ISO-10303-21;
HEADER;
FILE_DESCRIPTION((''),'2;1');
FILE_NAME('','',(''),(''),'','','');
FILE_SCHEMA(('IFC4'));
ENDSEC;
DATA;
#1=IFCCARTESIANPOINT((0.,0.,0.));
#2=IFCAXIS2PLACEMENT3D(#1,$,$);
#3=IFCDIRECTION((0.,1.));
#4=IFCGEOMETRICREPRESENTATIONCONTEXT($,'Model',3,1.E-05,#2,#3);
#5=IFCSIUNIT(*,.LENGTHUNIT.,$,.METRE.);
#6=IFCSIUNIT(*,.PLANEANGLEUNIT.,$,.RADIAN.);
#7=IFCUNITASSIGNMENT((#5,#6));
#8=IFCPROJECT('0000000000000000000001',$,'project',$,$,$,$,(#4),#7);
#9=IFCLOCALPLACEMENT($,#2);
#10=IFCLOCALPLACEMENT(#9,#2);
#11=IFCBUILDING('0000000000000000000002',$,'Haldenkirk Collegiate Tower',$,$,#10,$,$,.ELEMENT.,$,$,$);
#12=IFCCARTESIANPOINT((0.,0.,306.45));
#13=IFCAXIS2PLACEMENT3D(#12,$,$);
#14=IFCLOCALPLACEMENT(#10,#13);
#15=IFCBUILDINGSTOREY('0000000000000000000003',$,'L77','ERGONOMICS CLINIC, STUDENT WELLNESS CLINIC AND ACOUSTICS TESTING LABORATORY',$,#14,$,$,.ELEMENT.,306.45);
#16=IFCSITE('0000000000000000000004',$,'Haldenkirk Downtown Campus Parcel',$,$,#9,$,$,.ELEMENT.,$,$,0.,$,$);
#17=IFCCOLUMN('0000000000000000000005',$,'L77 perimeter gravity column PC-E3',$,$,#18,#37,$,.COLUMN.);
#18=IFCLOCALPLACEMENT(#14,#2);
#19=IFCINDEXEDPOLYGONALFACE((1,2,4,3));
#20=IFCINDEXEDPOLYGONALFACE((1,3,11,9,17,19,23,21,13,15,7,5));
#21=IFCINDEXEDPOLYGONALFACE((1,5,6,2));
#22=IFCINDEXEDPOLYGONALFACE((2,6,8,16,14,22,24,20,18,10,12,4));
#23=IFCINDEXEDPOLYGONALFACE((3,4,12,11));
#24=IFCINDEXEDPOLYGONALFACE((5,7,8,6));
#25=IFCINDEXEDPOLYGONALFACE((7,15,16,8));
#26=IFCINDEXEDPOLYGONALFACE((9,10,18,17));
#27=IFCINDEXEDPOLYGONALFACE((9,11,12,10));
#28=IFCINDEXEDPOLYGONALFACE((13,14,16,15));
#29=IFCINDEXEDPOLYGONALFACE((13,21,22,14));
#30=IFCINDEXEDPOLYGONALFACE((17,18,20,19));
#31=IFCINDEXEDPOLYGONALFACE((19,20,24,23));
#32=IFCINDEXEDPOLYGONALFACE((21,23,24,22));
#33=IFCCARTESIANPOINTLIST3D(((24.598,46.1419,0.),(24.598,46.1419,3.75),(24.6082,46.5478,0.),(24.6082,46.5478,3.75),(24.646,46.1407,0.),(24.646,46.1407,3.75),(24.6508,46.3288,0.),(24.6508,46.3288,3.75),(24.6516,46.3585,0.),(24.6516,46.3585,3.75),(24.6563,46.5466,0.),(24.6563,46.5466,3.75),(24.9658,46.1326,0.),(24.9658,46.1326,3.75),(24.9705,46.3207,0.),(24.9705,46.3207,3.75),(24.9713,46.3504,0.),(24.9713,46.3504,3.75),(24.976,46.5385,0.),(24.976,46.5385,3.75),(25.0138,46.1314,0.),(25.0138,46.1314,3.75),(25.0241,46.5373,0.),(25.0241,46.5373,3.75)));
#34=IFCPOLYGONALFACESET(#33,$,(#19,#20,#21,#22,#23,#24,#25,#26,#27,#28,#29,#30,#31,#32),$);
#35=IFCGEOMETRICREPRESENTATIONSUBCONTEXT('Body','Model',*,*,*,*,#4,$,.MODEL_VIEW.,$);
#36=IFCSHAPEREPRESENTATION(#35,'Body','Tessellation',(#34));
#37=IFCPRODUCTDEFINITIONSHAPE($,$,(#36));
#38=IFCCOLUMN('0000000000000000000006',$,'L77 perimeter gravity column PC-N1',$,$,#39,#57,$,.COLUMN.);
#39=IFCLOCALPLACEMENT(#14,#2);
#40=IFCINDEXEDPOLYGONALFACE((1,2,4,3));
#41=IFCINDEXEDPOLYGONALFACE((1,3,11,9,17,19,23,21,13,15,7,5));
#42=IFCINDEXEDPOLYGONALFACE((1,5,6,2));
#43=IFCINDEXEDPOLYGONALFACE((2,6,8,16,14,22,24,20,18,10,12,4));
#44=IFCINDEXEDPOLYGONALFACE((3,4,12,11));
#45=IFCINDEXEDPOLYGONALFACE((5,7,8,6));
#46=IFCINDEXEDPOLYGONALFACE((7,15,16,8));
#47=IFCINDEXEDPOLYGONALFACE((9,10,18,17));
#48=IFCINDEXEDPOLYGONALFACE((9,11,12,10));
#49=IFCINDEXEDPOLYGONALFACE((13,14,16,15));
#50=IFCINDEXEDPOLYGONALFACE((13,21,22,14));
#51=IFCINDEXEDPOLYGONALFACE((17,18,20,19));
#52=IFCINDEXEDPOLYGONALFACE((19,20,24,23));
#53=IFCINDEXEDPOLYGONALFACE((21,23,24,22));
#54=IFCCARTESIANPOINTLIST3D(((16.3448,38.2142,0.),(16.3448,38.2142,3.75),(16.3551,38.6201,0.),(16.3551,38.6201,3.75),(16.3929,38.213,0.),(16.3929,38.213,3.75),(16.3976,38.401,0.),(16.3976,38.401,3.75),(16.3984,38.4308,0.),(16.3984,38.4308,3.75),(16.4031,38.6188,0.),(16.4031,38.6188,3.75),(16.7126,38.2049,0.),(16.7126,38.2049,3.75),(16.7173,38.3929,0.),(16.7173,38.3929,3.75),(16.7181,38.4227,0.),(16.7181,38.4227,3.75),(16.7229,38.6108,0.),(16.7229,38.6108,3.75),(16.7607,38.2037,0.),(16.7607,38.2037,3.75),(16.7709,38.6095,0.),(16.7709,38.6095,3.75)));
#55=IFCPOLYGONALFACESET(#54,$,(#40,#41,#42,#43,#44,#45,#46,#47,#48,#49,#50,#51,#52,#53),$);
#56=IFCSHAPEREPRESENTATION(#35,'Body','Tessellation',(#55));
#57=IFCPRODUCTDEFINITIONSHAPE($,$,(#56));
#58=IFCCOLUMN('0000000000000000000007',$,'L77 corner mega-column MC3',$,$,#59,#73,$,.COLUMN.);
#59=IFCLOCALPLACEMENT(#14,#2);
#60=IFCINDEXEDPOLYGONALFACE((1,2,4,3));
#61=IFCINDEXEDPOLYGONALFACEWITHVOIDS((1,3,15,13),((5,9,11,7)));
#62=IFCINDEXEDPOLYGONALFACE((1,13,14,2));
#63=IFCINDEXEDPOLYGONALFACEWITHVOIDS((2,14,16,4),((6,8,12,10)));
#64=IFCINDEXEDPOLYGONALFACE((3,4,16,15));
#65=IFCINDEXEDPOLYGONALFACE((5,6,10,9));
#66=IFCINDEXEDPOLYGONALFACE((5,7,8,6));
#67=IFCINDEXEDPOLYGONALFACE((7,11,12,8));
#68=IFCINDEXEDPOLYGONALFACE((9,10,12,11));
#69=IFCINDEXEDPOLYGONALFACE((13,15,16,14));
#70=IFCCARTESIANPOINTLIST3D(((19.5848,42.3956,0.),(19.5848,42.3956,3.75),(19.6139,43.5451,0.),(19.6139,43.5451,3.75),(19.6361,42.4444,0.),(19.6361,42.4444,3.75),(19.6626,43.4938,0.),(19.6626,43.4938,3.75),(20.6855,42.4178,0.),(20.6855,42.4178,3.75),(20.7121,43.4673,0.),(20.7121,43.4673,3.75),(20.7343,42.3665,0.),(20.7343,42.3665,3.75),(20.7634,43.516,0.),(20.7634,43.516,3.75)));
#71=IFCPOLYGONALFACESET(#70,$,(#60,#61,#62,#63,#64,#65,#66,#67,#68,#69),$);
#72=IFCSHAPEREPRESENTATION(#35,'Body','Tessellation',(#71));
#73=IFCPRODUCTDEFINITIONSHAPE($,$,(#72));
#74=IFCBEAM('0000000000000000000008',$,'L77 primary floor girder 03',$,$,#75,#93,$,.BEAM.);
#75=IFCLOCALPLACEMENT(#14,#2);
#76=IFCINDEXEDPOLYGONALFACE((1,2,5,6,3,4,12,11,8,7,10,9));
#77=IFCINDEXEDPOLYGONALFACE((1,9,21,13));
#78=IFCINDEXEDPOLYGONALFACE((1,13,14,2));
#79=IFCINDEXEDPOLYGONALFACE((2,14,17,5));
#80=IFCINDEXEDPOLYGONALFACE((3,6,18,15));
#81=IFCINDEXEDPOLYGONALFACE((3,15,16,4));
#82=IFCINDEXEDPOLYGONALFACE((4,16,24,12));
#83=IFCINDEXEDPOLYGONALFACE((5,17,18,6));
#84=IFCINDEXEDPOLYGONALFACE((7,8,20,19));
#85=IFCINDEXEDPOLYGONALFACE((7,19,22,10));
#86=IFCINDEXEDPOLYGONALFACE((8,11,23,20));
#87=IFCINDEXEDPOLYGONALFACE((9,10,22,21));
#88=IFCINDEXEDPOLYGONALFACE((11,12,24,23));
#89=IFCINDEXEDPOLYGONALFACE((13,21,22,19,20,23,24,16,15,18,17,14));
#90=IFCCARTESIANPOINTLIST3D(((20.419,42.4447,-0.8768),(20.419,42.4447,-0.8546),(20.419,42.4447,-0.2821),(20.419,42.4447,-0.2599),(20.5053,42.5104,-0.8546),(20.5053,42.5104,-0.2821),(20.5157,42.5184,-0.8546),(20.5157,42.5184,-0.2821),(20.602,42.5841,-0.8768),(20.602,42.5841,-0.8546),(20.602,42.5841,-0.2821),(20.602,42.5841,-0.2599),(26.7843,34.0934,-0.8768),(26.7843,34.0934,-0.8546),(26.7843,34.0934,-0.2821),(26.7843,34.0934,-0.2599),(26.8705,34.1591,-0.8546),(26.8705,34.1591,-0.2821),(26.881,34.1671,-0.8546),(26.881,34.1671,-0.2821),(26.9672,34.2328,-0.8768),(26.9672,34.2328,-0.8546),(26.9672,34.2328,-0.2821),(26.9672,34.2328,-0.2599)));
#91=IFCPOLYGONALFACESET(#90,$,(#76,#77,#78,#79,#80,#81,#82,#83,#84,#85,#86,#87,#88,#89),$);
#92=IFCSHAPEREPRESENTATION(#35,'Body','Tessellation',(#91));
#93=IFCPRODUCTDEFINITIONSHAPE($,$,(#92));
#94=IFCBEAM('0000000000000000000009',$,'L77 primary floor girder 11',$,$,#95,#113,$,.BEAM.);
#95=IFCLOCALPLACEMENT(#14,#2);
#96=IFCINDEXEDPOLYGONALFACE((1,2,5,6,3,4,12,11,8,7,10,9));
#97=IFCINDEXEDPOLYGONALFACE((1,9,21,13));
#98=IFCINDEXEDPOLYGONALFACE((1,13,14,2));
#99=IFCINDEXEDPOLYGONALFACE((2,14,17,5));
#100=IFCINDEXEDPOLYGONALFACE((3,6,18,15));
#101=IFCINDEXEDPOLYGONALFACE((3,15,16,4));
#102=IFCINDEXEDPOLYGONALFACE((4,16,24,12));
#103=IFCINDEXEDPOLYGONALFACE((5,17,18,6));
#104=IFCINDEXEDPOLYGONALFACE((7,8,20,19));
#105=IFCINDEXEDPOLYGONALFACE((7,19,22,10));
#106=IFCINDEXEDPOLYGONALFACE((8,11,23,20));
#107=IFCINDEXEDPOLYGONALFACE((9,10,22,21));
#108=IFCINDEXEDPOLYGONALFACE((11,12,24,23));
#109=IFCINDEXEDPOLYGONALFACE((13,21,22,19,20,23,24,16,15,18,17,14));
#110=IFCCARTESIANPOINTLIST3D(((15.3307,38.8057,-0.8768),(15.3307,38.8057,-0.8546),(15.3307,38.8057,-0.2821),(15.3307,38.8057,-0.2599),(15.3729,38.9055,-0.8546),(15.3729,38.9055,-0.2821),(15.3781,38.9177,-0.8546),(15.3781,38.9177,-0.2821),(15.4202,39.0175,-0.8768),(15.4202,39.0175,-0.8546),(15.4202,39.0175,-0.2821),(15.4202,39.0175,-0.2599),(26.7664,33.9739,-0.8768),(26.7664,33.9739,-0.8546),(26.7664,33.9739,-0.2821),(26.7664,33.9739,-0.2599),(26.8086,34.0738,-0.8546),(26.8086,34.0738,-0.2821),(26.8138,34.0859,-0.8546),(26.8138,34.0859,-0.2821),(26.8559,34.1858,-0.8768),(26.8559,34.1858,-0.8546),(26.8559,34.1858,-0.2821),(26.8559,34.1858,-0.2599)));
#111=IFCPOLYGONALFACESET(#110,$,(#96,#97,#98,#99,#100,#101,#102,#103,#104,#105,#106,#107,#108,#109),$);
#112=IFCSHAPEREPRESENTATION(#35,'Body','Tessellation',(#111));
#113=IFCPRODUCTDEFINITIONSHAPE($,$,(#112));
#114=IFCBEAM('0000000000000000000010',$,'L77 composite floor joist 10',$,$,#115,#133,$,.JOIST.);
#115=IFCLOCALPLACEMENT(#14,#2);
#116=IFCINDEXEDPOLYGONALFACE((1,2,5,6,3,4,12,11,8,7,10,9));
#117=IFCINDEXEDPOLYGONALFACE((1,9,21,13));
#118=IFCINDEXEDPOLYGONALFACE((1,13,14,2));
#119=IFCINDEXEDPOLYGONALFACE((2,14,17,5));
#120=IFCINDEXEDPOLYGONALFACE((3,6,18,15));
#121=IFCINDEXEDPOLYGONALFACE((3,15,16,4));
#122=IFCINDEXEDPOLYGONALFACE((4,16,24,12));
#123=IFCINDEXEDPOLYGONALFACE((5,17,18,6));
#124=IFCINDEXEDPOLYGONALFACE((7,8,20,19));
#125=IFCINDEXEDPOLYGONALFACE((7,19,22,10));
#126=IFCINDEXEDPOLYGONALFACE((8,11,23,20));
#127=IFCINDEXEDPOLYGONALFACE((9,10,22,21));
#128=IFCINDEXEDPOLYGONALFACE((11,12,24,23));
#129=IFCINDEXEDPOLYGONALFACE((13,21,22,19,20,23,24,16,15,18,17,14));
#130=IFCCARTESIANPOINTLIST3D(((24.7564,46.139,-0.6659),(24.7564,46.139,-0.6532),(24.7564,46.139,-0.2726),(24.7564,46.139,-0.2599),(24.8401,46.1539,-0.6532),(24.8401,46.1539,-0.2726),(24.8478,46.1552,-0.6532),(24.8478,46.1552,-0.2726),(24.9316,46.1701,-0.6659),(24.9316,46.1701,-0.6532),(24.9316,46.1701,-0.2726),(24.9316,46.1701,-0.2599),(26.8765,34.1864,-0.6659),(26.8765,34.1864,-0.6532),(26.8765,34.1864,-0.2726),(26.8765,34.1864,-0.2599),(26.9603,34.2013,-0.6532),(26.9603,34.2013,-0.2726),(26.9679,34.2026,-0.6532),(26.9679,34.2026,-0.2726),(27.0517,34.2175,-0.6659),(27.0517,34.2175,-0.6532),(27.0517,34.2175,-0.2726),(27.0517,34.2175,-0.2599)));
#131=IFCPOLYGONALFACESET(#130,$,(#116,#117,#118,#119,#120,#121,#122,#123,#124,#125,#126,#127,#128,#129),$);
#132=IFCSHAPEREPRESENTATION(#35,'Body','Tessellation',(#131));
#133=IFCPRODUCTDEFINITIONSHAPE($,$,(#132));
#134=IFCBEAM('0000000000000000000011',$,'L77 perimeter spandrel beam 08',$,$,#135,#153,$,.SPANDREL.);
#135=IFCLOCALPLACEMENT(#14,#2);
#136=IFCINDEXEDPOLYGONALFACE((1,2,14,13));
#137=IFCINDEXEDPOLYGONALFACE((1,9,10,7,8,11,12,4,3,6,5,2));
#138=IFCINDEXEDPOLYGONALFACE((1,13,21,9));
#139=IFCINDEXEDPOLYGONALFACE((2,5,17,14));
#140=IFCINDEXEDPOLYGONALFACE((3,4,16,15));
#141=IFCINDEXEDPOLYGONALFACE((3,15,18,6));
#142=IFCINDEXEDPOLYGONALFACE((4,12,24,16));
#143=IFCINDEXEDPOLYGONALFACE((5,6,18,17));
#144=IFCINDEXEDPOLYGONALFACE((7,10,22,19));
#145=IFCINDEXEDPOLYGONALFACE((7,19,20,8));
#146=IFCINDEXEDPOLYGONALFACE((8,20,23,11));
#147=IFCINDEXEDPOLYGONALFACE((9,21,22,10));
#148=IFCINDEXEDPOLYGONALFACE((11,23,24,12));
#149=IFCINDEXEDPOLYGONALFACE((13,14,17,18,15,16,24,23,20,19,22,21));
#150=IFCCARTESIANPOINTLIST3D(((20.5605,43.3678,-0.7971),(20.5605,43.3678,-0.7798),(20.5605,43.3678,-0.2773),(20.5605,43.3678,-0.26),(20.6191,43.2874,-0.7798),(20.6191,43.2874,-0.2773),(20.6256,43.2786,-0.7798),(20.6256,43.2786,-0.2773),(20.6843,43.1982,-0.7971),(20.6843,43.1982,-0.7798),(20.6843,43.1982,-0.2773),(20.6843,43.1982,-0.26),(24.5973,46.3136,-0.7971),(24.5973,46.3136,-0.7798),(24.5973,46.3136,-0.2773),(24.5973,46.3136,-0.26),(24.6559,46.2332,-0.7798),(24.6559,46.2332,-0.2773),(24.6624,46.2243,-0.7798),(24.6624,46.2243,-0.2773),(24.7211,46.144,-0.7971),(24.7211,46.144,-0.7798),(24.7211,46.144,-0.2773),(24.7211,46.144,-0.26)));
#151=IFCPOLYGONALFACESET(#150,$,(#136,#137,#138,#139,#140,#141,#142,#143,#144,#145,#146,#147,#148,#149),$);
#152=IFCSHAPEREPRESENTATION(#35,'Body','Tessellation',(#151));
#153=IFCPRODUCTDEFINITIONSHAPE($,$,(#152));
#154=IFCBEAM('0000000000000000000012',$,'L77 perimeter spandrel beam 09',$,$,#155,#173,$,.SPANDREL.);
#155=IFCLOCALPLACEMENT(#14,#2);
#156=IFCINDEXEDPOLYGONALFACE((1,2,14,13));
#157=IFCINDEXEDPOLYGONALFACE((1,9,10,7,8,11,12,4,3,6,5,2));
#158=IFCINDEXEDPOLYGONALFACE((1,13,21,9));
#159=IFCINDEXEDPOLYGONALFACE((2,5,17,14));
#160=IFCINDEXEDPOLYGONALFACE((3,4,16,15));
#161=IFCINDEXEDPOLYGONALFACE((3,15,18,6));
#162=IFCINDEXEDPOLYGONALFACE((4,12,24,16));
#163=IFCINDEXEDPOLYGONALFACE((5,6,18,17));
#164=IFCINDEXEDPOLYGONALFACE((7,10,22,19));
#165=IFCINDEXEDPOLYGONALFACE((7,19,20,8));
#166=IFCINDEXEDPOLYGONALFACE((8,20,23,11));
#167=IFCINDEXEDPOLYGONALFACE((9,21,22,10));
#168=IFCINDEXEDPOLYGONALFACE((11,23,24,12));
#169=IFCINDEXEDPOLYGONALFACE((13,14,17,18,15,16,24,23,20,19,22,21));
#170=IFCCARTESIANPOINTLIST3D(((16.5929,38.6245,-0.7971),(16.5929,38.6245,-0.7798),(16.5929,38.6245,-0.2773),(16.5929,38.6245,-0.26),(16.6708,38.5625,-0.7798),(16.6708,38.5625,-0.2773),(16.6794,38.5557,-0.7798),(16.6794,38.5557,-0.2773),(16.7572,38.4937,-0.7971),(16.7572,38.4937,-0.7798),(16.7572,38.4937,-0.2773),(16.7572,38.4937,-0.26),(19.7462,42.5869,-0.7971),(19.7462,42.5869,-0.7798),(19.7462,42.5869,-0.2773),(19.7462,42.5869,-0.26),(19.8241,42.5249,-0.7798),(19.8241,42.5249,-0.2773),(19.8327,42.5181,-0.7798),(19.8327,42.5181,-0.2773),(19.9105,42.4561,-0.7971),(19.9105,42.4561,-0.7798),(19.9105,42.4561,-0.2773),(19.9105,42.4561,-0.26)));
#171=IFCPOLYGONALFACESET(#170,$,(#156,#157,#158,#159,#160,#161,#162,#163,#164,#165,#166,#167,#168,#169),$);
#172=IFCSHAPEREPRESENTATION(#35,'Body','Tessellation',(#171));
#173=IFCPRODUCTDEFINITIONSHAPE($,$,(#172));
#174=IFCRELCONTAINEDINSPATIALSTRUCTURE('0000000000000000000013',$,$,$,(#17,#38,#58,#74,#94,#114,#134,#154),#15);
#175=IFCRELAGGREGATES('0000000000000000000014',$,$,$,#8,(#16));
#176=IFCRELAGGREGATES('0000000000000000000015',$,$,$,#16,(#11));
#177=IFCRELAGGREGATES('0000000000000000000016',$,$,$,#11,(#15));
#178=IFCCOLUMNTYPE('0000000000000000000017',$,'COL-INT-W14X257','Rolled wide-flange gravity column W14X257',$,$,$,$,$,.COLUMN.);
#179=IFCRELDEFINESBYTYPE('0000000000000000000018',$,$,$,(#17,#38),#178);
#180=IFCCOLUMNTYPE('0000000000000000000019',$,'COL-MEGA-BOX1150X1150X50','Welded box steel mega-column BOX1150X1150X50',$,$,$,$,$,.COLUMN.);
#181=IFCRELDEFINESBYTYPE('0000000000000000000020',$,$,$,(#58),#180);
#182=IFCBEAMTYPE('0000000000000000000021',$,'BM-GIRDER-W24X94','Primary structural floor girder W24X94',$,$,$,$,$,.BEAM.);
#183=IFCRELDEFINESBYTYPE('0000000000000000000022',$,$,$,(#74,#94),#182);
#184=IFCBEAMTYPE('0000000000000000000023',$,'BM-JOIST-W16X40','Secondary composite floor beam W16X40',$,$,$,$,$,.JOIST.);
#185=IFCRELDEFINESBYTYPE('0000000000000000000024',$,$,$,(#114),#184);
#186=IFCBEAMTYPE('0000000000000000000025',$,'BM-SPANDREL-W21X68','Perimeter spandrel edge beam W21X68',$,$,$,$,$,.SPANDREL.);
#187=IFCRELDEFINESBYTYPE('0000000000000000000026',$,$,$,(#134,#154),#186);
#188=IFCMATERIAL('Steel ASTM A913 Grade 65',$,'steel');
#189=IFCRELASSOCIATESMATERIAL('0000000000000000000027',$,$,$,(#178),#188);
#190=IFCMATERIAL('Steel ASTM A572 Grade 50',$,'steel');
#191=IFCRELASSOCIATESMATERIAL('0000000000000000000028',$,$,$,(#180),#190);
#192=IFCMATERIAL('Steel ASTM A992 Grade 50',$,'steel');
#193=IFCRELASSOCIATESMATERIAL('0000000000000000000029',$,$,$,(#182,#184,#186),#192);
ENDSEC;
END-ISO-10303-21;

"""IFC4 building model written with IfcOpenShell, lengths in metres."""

from ifc_helpers import new_model, si_unit, direction, frame, origin, origin_2d, place, context, subcontext, project, spatial, hollow_rectangle, i_section, extrude, material, material_profile, profile_set, type_object, element, save


model = new_model("IFC4")

# Units and contexts
model_context = context("Model", 3, precision=1e-05, world=origin(), true_north=direction((0.0, 1.0)))
body_context = subcontext(model_context, "Body", "Model", "MODEL_VIEW")
ifc_project = project(units=[si_unit("LENGTHUNIT", "METRE"), si_unit("PLANEANGLEUNIT", "RADIAN")], contexts=[model_context])

# Site, building, storey
site_placement = place(None, origin())
site = spatial("IfcSite", under=ifc_project, at=site_placement, Name="Haldenkirk Downtown Campus Parcel", CompositionType="ELEMENT", RefElevation=0.0)
building_placement = place(site_placement, origin())
building = spatial("IfcBuilding", under=site, at=building_placement, Name="Haldenkirk Collegiate Tower", CompositionType="ELEMENT")
storey_placement = place(building_placement, frame((0.0, 0.0, 306.45)))
storey = spatial("IfcBuildingStorey", under=building, at=storey_placement, Name="L77", Description="ERGONOMICS CLINIC, STUDENT WELLNESS CLINIC AND ACOUSTICS TESTING LABORATORY", CompositionType="ELEMENT", Elevation=306.45)

# Columns
ifc_material_1 = material(Name="Steel ASTM A913 Grade 65", Category="steel")
ifc_material_profile_1 = material_profile(ifc_material_1, i_section(OverallWidth=0.406, OverallDepth=0.416, WebThickness=0.0298, FlangeThickness=0.0481, at=origin_2d()), Name="W14X257")
ifc_profile_set_1 = profile_set([ifc_material_profile_1], Name="Steel ASTM A913 Grade 65")
column_type_1 = type_object("IfcColumnType", Name="COL-INT-W14X257", Description="Rolled wide-flange gravity column W14X257", PredefinedType="COLUMN", material=ifc_profile_set_1)
for number, where, z_axis, x_axis, name in (
    (1, (24.811, 46.3396, 0.0), (0.0, 0.0, 1.0), (0.025305, 0.99968, 0.0), "L77 perimeter gravity column PC-E3"),
    (2, (16.5579, 38.4119, 0.0), (0.0, 0.0, 1.0), (0.025305, 0.99968, 0.0), "L77 perimeter gravity column PC-N1"),
):
    element("IfcColumn", number, at=place(storey_placement, frame(where, z_axis=z_axis, x_axis=x_axis)), inside=storey, type_object=column_type_1, Name=name, PredefinedType="COLUMN", context=body_context, shape_type="SweptSolid", body=[
        extrude(i_section(OverallWidth=0.406, OverallDepth=0.416, WebThickness=0.0298, FlangeThickness=0.0481, at=origin_2d()), origin(), (0.0, 0.0, 1.0), 3.75),
    ])
ifc_material_2 = material(Name="Steel ASTM A572 Grade 50", Category="steel")
ifc_material_profile_2 = material_profile(ifc_material_2, hollow_rectangle(XDim=1.1499, YDim=1.1499, WallThickness=0.05, at=origin_2d()), Name="BOX1150X1150X50")
ifc_profile_set_2 = profile_set([ifc_material_profile_2], Name="Steel ASTM A572 Grade 50")
column_type_2 = type_object("IfcColumnType", Name="COL-MEGA-BOX1150X1150X50", Description="Welded box steel mega-column BOX1150X1150X50", PredefinedType="COLUMN", material=ifc_profile_set_2)
column_placement = place(storey_placement, frame((20.1741, 42.9558, 0.0), z_axis=(0.0, 0.0, 1.0), x_axis=(0.025305, 0.99968, 0.0)))
element("IfcColumn", 3, at=column_placement, inside=storey, type_object=column_type_2, Name="L77 corner mega-column MC3", PredefinedType="COLUMN", context=body_context, shape_type="SweptSolid", body=[
    extrude(hollow_rectangle(XDim=1.1499, YDim=1.1499, WallThickness=0.05, at=origin_2d()), origin(), (0.0, 0.0, 1.0), 3.75),
])

# Beams
ifc_material_3 = material(Name="Steel ASTM A992 Grade 50", Category="steel")
ifc_material_profile_3 = material_profile(ifc_material_3, i_section(OverallWidth=0.23, OverallDepth=0.6169, WebThickness=0.0132, FlangeThickness=0.0222, at=origin_2d()), Name="W24X94")
ifc_profile_set_3 = profile_set([ifc_material_profile_3], Name="Steel ASTM A992 Grade 50")
beam_type_1 = type_object("IfcBeamType", Name="BM-GIRDER-W24X94", Description="Primary structural floor girder W24X94", PredefinedType="BEAM", material=ifc_profile_set_3)
beam_1_placement = place(storey_placement, frame((20.5105, 42.5144, -0.5684), z_axis=(0.606183, -0.795325, 0.0), x_axis=(0.795325, 0.606183, 0.0)))
element("IfcBeam", 4, at=beam_1_placement, inside=storey, type_object=beam_type_1, Name="L77 primary floor girder 03", PredefinedType="BEAM", context=body_context, shape_type="SweptSolid", body=[
    extrude(i_section(OverallWidth=0.23, OverallDepth=0.6169, WebThickness=0.0132, FlangeThickness=0.0222, at=origin_2d()), origin(), (0.0, 0.0, 1.0), 10.5005),
])
beam_2_placement = place(storey_placement, frame((15.3755, 38.9116, -0.5684), z_axis=(0.921153, -0.3892, 0.0), x_axis=(0.3892, 0.921153, 0.0)))
element("IfcBeam", 5, at=beam_2_placement, inside=storey, type_object=beam_type_1, Name="L77 primary floor girder 11", PredefinedType="BEAM", context=body_context, shape_type="SweptSolid", body=[
    extrude(i_section(OverallWidth=0.23, OverallDepth=0.6169, WebThickness=0.0132, FlangeThickness=0.0222, at=origin_2d()), origin(), (0.0, 0.0, 1.0), 12.4146),
])
ifc_material_profile_4 = material_profile(ifc_material_3, i_section(OverallWidth=0.178, OverallDepth=0.406, WebThickness=0.0078, FlangeThickness=0.0127, at=origin_2d()), Name="W16X40")
ifc_profile_set_4 = profile_set([ifc_material_profile_4], Name="Steel ASTM A992 Grade 50")
beam_type_2 = type_object("IfcBeamType", Name="BM-JOIST-W16X40", Description="Secondary composite floor beam W16X40", PredefinedType="JOIST", material=ifc_profile_set_4)
beam_3_placement = place(storey_placement, frame((24.844, 46.1545, -0.4629), z_axis=(0.17465, -0.984631, 0.0), x_axis=(0.984631, 0.17465, 0.0)))
element("IfcBeam", 6, at=beam_3_placement, inside=storey, type_object=beam_type_2, Name="L77 composite floor joist 10", PredefinedType="JOIST", context=body_context, shape_type="SweptSolid", body=[
    extrude(i_section(OverallWidth=0.178, OverallDepth=0.406, WebThickness=0.0078, FlangeThickness=0.0127, at=origin_2d()), origin(), (0.0, 0.0, 1.0), 12.1392),
])
ifc_material_profile_5 = material_profile(ifc_material_3, i_section(OverallWidth=0.21, OverallDepth=0.5371, WebThickness=0.011, FlangeThickness=0.0173, at=origin_2d()), Name="W21X68")
ifc_profile_set_5 = profile_set([ifc_material_profile_5], Name="Steel ASTM A992 Grade 50")
beam_type_3 = type_object("IfcBeamType", Name="BM-SPANDREL-W21X68", Description="Perimeter spandrel edge beam W21X68", PredefinedType="SPANDREL", material=ifc_profile_set_5)
beam_4_placement = place(storey_placement, frame((24.6592, 46.2288, -0.5286), z_axis=(-0.807793, -0.589466, 0.0), x_axis=(0.589466, -0.807793, 0.0)))
element("IfcBeam", 7, at=beam_4_placement, inside=storey, type_object=beam_type_3, Name="L77 perimeter spandrel beam 08", PredefinedType="SPANDREL", context=body_context, shape_type="SweptSolid", body=[
    extrude(i_section(OverallWidth=0.21, OverallDepth=0.5371, WebThickness=0.011, FlangeThickness=0.0173, at=origin_2d()), origin(), (0.0, 0.0, 1.0), 4.9973),
])
beam_5_placement = place(storey_placement, frame((19.8284, 42.5215, -0.5286), z_axis=(-0.622694, -0.782465, 0.0), x_axis=(0.782465, -0.622694, 0.0)))
element("IfcBeam", 8, at=beam_5_placement, inside=storey, type_object=beam_type_3, Name="L77 perimeter spandrel beam 09", PredefinedType="SPANDREL", context=body_context, shape_type="SweptSolid", body=[
    extrude(i_section(OverallWidth=0.21, OverallDepth=0.5371, WebThickness=0.011, FlangeThickness=0.0173, at=origin_2d()), origin(), (0.0, 0.0, 1.0), 5.064),
])

save(model, "model.ifc")
